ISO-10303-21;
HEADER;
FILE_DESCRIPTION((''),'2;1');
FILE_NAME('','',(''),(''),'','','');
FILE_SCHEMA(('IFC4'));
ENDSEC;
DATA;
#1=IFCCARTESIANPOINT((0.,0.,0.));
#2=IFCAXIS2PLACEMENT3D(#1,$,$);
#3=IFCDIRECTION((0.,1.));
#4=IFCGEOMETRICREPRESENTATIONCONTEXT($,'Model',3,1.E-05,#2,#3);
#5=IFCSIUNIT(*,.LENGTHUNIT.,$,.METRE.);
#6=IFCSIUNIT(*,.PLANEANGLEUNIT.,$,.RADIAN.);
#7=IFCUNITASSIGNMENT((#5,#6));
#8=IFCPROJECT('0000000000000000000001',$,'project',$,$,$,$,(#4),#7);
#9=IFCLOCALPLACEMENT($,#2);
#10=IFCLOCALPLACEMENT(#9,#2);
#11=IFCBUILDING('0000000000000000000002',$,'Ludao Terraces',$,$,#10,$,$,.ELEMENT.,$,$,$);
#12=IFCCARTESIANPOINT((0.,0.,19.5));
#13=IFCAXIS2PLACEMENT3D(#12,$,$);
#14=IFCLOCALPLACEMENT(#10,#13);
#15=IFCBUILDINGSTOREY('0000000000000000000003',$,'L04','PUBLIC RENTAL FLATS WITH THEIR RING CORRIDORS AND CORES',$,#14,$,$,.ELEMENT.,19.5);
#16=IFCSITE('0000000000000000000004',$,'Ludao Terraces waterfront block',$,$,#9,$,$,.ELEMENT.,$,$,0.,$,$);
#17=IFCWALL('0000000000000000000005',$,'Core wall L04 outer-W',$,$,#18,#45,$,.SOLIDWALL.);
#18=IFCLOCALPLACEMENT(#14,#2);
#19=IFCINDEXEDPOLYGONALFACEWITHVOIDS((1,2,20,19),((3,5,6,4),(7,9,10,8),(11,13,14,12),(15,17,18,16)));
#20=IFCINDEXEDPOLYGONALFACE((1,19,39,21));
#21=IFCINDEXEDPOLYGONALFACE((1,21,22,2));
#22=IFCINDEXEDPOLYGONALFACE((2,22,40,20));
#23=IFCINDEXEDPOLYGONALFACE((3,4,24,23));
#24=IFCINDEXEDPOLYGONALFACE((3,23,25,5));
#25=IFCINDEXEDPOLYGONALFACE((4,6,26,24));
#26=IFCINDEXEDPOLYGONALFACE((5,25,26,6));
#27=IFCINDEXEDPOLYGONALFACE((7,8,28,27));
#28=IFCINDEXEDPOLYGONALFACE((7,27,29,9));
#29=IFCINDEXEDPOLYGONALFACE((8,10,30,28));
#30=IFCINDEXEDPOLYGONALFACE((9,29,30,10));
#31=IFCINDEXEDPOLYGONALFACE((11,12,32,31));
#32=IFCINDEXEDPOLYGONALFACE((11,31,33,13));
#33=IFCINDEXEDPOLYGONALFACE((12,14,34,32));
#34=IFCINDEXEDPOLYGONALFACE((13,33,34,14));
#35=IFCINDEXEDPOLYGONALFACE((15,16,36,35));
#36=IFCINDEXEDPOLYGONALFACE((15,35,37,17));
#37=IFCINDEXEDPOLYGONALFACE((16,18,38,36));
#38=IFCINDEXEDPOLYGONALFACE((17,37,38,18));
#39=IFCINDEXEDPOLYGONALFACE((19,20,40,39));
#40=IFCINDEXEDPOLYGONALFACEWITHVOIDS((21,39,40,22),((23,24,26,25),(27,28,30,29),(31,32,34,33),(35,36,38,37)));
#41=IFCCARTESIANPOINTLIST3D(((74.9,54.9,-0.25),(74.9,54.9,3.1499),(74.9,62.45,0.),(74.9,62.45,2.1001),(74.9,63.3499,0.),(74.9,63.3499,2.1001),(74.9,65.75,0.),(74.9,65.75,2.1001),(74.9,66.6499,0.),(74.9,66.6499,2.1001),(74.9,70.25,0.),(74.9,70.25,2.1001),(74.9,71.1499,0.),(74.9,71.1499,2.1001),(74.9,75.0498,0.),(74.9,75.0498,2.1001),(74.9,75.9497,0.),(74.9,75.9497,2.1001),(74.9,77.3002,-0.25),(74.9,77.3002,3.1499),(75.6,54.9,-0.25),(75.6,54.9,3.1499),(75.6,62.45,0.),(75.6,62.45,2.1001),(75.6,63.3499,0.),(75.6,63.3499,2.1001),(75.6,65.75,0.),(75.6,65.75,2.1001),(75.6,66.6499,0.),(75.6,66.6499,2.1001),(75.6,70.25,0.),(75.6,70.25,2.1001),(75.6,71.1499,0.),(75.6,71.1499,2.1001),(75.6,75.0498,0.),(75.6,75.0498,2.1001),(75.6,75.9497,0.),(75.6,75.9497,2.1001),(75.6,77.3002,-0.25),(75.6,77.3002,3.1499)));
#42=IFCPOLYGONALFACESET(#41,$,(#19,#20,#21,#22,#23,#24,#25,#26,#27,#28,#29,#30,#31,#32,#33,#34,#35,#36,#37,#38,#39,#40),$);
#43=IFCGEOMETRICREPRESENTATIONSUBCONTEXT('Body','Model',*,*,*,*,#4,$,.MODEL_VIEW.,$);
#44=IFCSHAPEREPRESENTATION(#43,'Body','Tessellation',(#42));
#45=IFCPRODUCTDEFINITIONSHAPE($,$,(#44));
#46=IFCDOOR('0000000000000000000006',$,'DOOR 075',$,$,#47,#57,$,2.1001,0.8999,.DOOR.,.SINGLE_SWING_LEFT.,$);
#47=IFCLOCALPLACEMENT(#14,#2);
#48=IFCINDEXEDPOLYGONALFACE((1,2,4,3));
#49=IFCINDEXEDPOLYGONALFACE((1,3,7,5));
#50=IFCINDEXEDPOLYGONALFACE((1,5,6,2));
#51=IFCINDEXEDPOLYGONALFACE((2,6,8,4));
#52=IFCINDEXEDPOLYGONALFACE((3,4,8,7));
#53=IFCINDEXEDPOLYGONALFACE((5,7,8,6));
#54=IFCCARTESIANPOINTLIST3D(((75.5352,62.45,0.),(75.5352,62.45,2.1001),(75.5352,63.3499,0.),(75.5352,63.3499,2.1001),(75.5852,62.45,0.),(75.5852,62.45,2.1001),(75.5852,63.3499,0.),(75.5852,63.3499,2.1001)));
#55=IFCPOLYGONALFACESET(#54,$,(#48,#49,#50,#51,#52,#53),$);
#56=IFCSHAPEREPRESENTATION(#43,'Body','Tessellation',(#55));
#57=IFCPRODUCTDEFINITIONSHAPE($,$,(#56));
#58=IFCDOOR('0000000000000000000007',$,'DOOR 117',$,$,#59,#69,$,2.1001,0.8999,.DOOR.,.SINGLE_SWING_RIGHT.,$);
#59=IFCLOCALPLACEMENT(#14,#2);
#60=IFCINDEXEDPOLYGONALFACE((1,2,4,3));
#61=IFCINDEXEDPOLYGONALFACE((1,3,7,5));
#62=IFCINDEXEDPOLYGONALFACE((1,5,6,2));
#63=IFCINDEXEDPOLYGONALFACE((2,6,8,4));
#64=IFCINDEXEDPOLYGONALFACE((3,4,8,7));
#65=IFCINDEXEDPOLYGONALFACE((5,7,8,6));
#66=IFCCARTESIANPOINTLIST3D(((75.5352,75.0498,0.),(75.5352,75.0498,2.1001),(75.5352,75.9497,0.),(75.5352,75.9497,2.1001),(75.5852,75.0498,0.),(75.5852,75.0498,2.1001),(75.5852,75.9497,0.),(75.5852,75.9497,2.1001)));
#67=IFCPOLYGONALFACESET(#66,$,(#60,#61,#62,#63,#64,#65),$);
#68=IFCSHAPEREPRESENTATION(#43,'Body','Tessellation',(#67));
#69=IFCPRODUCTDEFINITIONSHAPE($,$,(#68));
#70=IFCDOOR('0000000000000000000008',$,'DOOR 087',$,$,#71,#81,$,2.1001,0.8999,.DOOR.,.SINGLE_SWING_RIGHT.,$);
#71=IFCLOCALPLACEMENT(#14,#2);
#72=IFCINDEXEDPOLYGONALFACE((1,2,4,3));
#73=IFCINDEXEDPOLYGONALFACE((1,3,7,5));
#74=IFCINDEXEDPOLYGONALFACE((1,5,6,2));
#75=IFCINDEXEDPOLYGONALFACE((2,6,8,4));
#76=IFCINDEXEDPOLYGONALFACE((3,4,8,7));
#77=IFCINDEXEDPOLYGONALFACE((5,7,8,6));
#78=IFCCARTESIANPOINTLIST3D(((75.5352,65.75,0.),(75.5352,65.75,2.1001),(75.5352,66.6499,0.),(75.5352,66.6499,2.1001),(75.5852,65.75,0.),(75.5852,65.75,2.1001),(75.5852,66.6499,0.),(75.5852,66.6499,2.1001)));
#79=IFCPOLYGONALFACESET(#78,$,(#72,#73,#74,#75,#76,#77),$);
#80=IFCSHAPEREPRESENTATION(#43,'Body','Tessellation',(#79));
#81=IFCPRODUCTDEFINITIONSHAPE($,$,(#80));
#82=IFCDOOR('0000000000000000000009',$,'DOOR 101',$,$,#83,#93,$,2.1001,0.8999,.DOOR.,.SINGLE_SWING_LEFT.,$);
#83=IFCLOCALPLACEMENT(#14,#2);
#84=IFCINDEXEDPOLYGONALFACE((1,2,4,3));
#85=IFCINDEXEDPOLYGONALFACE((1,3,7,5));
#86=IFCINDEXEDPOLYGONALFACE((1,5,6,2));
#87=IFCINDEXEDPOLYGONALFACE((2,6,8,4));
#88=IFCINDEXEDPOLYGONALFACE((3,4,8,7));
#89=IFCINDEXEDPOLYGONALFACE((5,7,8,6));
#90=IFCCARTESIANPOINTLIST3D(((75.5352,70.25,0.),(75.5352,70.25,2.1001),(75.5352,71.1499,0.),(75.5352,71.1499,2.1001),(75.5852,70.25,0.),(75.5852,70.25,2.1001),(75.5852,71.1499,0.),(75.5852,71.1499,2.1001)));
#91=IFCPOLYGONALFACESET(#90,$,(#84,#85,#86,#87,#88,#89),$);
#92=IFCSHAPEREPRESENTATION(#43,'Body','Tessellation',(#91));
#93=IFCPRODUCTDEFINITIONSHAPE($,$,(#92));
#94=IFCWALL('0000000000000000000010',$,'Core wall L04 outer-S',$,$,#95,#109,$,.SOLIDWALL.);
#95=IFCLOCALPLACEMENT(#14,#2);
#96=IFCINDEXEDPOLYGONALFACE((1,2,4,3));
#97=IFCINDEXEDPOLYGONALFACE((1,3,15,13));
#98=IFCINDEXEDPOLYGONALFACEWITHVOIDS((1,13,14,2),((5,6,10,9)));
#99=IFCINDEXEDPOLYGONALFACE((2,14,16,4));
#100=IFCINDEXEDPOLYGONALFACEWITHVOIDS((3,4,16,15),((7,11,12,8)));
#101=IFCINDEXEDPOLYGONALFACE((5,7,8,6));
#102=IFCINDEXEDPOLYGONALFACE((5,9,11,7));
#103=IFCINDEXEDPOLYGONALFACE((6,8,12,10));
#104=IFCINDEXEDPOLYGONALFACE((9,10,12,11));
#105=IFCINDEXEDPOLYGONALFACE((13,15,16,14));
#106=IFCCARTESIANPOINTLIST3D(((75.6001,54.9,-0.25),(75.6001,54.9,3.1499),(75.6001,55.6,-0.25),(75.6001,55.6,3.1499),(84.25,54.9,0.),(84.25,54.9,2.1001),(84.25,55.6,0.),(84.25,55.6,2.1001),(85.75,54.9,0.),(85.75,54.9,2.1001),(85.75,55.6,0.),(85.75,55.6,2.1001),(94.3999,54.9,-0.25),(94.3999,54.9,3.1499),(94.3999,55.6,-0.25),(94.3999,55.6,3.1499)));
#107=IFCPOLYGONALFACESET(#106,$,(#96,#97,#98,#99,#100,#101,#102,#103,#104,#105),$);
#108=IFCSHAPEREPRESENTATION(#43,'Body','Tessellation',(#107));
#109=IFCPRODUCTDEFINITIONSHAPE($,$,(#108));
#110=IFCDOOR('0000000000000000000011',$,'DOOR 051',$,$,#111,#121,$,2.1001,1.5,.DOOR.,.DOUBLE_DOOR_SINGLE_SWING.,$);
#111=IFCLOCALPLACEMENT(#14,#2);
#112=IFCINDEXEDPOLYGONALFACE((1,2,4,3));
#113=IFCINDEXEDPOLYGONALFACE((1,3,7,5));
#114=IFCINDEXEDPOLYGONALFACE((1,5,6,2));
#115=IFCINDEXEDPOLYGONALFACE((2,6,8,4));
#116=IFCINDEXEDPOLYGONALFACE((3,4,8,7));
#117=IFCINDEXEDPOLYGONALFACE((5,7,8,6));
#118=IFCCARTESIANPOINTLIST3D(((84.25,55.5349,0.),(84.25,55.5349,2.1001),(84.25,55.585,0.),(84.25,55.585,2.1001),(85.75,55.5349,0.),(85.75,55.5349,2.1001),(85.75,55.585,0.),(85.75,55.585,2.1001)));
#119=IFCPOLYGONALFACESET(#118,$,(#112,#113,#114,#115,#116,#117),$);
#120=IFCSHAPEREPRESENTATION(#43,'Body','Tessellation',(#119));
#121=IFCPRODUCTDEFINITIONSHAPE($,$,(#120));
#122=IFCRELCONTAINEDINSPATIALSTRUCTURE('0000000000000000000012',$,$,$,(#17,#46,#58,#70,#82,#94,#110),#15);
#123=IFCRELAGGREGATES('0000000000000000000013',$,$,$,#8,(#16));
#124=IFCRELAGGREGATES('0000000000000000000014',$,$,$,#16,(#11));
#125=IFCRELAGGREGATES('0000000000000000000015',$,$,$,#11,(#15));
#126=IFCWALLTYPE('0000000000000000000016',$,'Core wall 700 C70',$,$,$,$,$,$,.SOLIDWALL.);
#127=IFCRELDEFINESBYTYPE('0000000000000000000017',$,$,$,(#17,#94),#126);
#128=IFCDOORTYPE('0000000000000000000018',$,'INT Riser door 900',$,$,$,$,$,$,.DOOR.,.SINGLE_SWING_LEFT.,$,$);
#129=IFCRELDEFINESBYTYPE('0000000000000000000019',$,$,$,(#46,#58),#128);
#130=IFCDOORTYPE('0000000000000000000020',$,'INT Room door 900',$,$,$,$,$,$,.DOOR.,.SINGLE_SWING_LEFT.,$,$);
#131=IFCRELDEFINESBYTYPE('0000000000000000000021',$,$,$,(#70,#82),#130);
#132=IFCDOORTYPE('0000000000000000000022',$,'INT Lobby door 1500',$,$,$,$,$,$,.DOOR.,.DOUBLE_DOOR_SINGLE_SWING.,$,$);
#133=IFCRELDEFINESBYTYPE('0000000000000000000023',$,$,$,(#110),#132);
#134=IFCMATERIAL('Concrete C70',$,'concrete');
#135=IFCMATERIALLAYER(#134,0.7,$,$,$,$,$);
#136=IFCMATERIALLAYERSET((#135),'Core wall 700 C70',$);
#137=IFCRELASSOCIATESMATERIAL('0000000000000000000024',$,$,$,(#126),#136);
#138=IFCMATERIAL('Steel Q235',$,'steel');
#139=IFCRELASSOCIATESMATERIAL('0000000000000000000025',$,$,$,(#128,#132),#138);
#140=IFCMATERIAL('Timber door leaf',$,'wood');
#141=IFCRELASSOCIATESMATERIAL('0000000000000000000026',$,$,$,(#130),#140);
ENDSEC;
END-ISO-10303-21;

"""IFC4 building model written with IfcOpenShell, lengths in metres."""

from ifc_helpers import new_model, si_unit, direction, frame, frame_2d, origin, place, context, subcontext, project, spatial, rectangle, extrude, material, layer, layer_set, type_object, element, fill, save


model = new_model("IFC4")

# Units and contexts
model_context = context("Model", 3, precision=1e-05, world=origin(), true_north=direction((0.0, 1.0)))
body_context = subcontext(model_context, "Body", "Model", "MODEL_VIEW")
ifc_project = project(units=[si_unit("LENGTHUNIT", "METRE"), si_unit("PLANEANGLEUNIT", "RADIAN")], contexts=[model_context])

# Site, building, storey
site_placement = place(None, origin())
site = spatial("IfcSite", under=ifc_project, at=site_placement, Name="Ludao Terraces waterfront block", CompositionType="ELEMENT", RefElevation=0.0)
building_placement = place(site_placement, origin())
building = spatial("IfcBuilding", under=site, at=building_placement, Name="Ludao Terraces", CompositionType="ELEMENT")
storey_placement = place(building_placement, frame((0.0, 0.0, 19.5)))
storey = spatial("IfcBuildingStorey", under=building, at=storey_placement, Name="L04", Description="PUBLIC RENTAL FLATS WITH THEIR RING CORRIDORS AND CORES", CompositionType="ELEMENT", Elevation=19.5)

# Wall, openings, doors
ifc_material_1 = material(Name="Concrete C70", Category="concrete")
ifc_layer_1 = layer(ifc_material_1, 0.7)
ifc_layer_set_1 = layer_set([ifc_layer_1], Name="Core wall 700 C70")
wall_type_1 = type_object("IfcWallType", Name="Core wall 700 C70", PredefinedType="SOLIDWALL", material=ifc_layer_set_1)
wall_1_placement = place(storey_placement, frame((75.25, 54.8999, -0.25), z_axis=(0.0, 0.0, 1.0), x_axis=(0.0, 1.0, 0.0)))
wall_1 = element("IfcWall", 1, at=wall_1_placement, inside=storey, type_object=wall_type_1, Name="Core wall L04 outer-W", PredefinedType="SOLIDWALL", context=body_context, shape_type="SweptSolid", body=[
    extrude(rectangle(XDim=22.4001, YDim=0.7, at=frame_2d((11.2002, 0.0))), origin(), (0.0, 0.0, 1.0), 3.3999),
])
opening_1_placement = place(wall_1_placement, frame((7.55, 0.0, 0.25)))
opening_1 = element("IfcOpeningElement", 2, at=opening_1_placement, cuts=wall_1, PredefinedType="OPENING", context=body_context, shape_type="SweptSolid", body=[
    extrude(rectangle(XDim=0.8999, YDim=2.1001, at=frame_2d((0.45, 1.05))), frame((0.0, 0.3599, 0.0), z_axis=(0.0, -1.0, 0.0), x_axis=(1.0, 0.0, 0.0)), (0.0, 0.0, 1.0), 0.72),
])
opening_2_placement = place(wall_1_placement, frame((10.8501, 0.0, 0.25)))
opening_2 = element("IfcOpeningElement", 3, at=opening_2_placement, cuts=wall_1, PredefinedType="OPENING", context=body_context, shape_type="SweptSolid", body=[
    extrude(rectangle(XDim=0.8999, YDim=2.1001, at=frame_2d((0.45, 1.05))), frame((0.0, 0.3599, 0.0), z_axis=(0.0, -1.0, 0.0), x_axis=(1.0, 0.0, 0.0)), (0.0, 0.0, 1.0), 0.72),
])
opening_3_placement = place(wall_1_placement, frame((15.3501, 0.0, 0.25)))
opening_3 = element("IfcOpeningElement", 4, at=opening_3_placement, cuts=wall_1, PredefinedType="OPENING", context=body_context, shape_type="SweptSolid", body=[
    extrude(rectangle(XDim=0.8999, YDim=2.1001, at=frame_2d((0.45, 1.05))), frame((0.0, 0.3599, 0.0), z_axis=(0.0, -1.0, 0.0), x_axis=(1.0, 0.0, 0.0)), (0.0, 0.0, 1.0), 0.72),
])
opening_4_placement = place(wall_1_placement, frame((20.1499, 0.0, 0.25)))
opening_4 = element("IfcOpeningElement", 5, at=opening_4_placement, cuts=wall_1, PredefinedType="OPENING", context=body_context, shape_type="SweptSolid", body=[
    extrude(rectangle(XDim=0.8999, YDim=2.1001, at=frame_2d((0.45, 1.05))), frame((0.0, 0.3599, 0.0), z_axis=(0.0, -1.0, 0.0), x_axis=(1.0, 0.0, 0.0)), (0.0, 0.0, 1.0), 0.72),
])
ifc_material_2 = material(Name="Steel Q235", Category="steel")
door_type_1 = type_object("IfcDoorType", Name="INT Riser door 900", OperationType="SINGLE_SWING_LEFT", PredefinedType="DOOR", material=ifc_material_2)
door_1_placement = place(opening_1_placement, origin())
door_1 = element("IfcDoor", 6, at=door_1_placement, inside=storey, type_object=door_type_1, Name="DOOR 075", OperationType="SINGLE_SWING_LEFT", OverallHeight=2.1001, OverallWidth=0.8999, PredefinedType="DOOR", context=body_context, shape_type="SweptSolid", body=[
    extrude(rectangle(XDim=0.8999, YDim=2.1001, at=frame_2d((0.45, 1.05))), frame((0.0, -0.2852, 0.0), z_axis=(0.0, -1.0, 0.0), x_axis=(1.0, 0.0, 0.0)), (0.0, 0.0, 1.0), 0.05),
])
fill(opening_1, door_1)
door_2_placement = place(opening_4_placement, origin())
door_2 = element("IfcDoor", 7, at=door_2_placement, inside=storey, type_object=door_type_1, Name="DOOR 117", OperationType="SINGLE_SWING_RIGHT", OverallHeight=2.1001, OverallWidth=0.8999, PredefinedType="DOOR", context=body_context, shape_type="SweptSolid", body=[
    extrude(rectangle(XDim=0.8999, YDim=2.1001, at=frame_2d((0.45, 1.05))), frame((0.0, -0.2852, 0.0), z_axis=(0.0, -1.0, 0.0), x_axis=(1.0, 0.0, 0.0)), (0.0, 0.0, 1.0), 0.05),
])
fill(opening_4, door_2)
ifc_material_3 = material(Name="Timber door leaf", Category="wood")
door_type_2 = type_object("IfcDoorType", Name="INT Room door 900", OperationType="SINGLE_SWING_LEFT", PredefinedType="DOOR", material=ifc_material_3)
door_3_placement = place(opening_2_placement, origin())
door_3 = element("IfcDoor", 8, at=door_3_placement, inside=storey, type_object=door_type_2, Name="DOOR 087", OperationType="SINGLE_SWING_RIGHT", OverallHeight=2.1001, OverallWidth=0.8999, PredefinedType="DOOR", context=body_context, shape_type="SweptSolid", body=[
    extrude(rectangle(XDim=0.8999, YDim=2.1001, at=frame_2d((0.45, 1.05))), frame((0.0, -0.2852, 0.0), z_axis=(0.0, -1.0, 0.0), x_axis=(1.0, 0.0, 0.0)), (0.0, 0.0, 1.0), 0.05),
])
fill(opening_2, door_3)
door_4_placement = place(opening_3_placement, origin())
door_4 = element("IfcDoor", 9, at=door_4_placement, inside=storey, type_object=door_type_2, Name="DOOR 101", OperationType="SINGLE_SWING_LEFT", OverallHeight=2.1001, OverallWidth=0.8999, PredefinedType="DOOR", context=body_context, shape_type="SweptSolid", body=[
    extrude(rectangle(XDim=0.8999, YDim=2.1001, at=frame_2d((0.45, 1.05))), frame((0.0, -0.2852, 0.0), z_axis=(0.0, -1.0, 0.0), x_axis=(1.0, 0.0, 0.0)), (0.0, 0.0, 1.0), 0.05),
])
fill(opening_3, door_4)

# Wall, opening, door
wall_2_placement = place(storey_placement, frame((75.6001, 55.25, -0.25), z_axis=(0.0, 0.0, 1.0), x_axis=(1.0, 0.0, 0.0)))
wall_2 = element("IfcWall", 10, at=wall_2_placement, inside=storey, type_object=wall_type_1, Name="Core wall L04 outer-S", PredefinedType="SOLIDWALL", context=body_context, shape_type="SweptSolid", body=[
    extrude(rectangle(XDim=18.7998, YDim=0.7, at=frame_2d((9.3999, 0.0))), origin(), (0.0, 0.0, 1.0), 3.3999),
])
opening_5_placement = place(wall_2_placement, frame((8.6499, 0.0, 0.25)))
opening_5 = element("IfcOpeningElement", 11, at=opening_5_placement, cuts=wall_2, PredefinedType="OPENING", context=body_context, shape_type="SweptSolid", body=[
    extrude(rectangle(XDim=1.5, YDim=2.1001, at=frame_2d((0.75, 1.05))), frame((0.0, 0.3599, 0.0), z_axis=(0.0, -1.0, 0.0), x_axis=(1.0, 0.0, 0.0)), (0.0, 0.0, 1.0), 0.72),
])
door_type_3 = type_object("IfcDoorType", Name="INT Lobby door 1500", OperationType="DOUBLE_DOOR_SINGLE_SWING", PredefinedType="DOOR", material=ifc_material_2)
door_5_placement = place(opening_5_placement, origin())
door_5 = element("IfcDoor", 12, at=door_5_placement, inside=storey, type_object=door_type_3, Name="DOOR 051", OperationType="DOUBLE_DOOR_SINGLE_SWING", OverallHeight=2.1001, OverallWidth=1.5, PredefinedType="DOOR", context=body_context, shape_type="SweptSolid", body=[
    extrude(rectangle(XDim=1.5, YDim=2.1001, at=frame_2d((0.75, 1.05))), frame((0.0, 0.335, 0.0), z_axis=(0.0, -1.0, 0.0), x_axis=(1.0, 0.0, 0.0)), (0.0, 0.0, 1.0), 0.05),
])
fill(opening_5, door_5)

save(model, "model.ifc")
